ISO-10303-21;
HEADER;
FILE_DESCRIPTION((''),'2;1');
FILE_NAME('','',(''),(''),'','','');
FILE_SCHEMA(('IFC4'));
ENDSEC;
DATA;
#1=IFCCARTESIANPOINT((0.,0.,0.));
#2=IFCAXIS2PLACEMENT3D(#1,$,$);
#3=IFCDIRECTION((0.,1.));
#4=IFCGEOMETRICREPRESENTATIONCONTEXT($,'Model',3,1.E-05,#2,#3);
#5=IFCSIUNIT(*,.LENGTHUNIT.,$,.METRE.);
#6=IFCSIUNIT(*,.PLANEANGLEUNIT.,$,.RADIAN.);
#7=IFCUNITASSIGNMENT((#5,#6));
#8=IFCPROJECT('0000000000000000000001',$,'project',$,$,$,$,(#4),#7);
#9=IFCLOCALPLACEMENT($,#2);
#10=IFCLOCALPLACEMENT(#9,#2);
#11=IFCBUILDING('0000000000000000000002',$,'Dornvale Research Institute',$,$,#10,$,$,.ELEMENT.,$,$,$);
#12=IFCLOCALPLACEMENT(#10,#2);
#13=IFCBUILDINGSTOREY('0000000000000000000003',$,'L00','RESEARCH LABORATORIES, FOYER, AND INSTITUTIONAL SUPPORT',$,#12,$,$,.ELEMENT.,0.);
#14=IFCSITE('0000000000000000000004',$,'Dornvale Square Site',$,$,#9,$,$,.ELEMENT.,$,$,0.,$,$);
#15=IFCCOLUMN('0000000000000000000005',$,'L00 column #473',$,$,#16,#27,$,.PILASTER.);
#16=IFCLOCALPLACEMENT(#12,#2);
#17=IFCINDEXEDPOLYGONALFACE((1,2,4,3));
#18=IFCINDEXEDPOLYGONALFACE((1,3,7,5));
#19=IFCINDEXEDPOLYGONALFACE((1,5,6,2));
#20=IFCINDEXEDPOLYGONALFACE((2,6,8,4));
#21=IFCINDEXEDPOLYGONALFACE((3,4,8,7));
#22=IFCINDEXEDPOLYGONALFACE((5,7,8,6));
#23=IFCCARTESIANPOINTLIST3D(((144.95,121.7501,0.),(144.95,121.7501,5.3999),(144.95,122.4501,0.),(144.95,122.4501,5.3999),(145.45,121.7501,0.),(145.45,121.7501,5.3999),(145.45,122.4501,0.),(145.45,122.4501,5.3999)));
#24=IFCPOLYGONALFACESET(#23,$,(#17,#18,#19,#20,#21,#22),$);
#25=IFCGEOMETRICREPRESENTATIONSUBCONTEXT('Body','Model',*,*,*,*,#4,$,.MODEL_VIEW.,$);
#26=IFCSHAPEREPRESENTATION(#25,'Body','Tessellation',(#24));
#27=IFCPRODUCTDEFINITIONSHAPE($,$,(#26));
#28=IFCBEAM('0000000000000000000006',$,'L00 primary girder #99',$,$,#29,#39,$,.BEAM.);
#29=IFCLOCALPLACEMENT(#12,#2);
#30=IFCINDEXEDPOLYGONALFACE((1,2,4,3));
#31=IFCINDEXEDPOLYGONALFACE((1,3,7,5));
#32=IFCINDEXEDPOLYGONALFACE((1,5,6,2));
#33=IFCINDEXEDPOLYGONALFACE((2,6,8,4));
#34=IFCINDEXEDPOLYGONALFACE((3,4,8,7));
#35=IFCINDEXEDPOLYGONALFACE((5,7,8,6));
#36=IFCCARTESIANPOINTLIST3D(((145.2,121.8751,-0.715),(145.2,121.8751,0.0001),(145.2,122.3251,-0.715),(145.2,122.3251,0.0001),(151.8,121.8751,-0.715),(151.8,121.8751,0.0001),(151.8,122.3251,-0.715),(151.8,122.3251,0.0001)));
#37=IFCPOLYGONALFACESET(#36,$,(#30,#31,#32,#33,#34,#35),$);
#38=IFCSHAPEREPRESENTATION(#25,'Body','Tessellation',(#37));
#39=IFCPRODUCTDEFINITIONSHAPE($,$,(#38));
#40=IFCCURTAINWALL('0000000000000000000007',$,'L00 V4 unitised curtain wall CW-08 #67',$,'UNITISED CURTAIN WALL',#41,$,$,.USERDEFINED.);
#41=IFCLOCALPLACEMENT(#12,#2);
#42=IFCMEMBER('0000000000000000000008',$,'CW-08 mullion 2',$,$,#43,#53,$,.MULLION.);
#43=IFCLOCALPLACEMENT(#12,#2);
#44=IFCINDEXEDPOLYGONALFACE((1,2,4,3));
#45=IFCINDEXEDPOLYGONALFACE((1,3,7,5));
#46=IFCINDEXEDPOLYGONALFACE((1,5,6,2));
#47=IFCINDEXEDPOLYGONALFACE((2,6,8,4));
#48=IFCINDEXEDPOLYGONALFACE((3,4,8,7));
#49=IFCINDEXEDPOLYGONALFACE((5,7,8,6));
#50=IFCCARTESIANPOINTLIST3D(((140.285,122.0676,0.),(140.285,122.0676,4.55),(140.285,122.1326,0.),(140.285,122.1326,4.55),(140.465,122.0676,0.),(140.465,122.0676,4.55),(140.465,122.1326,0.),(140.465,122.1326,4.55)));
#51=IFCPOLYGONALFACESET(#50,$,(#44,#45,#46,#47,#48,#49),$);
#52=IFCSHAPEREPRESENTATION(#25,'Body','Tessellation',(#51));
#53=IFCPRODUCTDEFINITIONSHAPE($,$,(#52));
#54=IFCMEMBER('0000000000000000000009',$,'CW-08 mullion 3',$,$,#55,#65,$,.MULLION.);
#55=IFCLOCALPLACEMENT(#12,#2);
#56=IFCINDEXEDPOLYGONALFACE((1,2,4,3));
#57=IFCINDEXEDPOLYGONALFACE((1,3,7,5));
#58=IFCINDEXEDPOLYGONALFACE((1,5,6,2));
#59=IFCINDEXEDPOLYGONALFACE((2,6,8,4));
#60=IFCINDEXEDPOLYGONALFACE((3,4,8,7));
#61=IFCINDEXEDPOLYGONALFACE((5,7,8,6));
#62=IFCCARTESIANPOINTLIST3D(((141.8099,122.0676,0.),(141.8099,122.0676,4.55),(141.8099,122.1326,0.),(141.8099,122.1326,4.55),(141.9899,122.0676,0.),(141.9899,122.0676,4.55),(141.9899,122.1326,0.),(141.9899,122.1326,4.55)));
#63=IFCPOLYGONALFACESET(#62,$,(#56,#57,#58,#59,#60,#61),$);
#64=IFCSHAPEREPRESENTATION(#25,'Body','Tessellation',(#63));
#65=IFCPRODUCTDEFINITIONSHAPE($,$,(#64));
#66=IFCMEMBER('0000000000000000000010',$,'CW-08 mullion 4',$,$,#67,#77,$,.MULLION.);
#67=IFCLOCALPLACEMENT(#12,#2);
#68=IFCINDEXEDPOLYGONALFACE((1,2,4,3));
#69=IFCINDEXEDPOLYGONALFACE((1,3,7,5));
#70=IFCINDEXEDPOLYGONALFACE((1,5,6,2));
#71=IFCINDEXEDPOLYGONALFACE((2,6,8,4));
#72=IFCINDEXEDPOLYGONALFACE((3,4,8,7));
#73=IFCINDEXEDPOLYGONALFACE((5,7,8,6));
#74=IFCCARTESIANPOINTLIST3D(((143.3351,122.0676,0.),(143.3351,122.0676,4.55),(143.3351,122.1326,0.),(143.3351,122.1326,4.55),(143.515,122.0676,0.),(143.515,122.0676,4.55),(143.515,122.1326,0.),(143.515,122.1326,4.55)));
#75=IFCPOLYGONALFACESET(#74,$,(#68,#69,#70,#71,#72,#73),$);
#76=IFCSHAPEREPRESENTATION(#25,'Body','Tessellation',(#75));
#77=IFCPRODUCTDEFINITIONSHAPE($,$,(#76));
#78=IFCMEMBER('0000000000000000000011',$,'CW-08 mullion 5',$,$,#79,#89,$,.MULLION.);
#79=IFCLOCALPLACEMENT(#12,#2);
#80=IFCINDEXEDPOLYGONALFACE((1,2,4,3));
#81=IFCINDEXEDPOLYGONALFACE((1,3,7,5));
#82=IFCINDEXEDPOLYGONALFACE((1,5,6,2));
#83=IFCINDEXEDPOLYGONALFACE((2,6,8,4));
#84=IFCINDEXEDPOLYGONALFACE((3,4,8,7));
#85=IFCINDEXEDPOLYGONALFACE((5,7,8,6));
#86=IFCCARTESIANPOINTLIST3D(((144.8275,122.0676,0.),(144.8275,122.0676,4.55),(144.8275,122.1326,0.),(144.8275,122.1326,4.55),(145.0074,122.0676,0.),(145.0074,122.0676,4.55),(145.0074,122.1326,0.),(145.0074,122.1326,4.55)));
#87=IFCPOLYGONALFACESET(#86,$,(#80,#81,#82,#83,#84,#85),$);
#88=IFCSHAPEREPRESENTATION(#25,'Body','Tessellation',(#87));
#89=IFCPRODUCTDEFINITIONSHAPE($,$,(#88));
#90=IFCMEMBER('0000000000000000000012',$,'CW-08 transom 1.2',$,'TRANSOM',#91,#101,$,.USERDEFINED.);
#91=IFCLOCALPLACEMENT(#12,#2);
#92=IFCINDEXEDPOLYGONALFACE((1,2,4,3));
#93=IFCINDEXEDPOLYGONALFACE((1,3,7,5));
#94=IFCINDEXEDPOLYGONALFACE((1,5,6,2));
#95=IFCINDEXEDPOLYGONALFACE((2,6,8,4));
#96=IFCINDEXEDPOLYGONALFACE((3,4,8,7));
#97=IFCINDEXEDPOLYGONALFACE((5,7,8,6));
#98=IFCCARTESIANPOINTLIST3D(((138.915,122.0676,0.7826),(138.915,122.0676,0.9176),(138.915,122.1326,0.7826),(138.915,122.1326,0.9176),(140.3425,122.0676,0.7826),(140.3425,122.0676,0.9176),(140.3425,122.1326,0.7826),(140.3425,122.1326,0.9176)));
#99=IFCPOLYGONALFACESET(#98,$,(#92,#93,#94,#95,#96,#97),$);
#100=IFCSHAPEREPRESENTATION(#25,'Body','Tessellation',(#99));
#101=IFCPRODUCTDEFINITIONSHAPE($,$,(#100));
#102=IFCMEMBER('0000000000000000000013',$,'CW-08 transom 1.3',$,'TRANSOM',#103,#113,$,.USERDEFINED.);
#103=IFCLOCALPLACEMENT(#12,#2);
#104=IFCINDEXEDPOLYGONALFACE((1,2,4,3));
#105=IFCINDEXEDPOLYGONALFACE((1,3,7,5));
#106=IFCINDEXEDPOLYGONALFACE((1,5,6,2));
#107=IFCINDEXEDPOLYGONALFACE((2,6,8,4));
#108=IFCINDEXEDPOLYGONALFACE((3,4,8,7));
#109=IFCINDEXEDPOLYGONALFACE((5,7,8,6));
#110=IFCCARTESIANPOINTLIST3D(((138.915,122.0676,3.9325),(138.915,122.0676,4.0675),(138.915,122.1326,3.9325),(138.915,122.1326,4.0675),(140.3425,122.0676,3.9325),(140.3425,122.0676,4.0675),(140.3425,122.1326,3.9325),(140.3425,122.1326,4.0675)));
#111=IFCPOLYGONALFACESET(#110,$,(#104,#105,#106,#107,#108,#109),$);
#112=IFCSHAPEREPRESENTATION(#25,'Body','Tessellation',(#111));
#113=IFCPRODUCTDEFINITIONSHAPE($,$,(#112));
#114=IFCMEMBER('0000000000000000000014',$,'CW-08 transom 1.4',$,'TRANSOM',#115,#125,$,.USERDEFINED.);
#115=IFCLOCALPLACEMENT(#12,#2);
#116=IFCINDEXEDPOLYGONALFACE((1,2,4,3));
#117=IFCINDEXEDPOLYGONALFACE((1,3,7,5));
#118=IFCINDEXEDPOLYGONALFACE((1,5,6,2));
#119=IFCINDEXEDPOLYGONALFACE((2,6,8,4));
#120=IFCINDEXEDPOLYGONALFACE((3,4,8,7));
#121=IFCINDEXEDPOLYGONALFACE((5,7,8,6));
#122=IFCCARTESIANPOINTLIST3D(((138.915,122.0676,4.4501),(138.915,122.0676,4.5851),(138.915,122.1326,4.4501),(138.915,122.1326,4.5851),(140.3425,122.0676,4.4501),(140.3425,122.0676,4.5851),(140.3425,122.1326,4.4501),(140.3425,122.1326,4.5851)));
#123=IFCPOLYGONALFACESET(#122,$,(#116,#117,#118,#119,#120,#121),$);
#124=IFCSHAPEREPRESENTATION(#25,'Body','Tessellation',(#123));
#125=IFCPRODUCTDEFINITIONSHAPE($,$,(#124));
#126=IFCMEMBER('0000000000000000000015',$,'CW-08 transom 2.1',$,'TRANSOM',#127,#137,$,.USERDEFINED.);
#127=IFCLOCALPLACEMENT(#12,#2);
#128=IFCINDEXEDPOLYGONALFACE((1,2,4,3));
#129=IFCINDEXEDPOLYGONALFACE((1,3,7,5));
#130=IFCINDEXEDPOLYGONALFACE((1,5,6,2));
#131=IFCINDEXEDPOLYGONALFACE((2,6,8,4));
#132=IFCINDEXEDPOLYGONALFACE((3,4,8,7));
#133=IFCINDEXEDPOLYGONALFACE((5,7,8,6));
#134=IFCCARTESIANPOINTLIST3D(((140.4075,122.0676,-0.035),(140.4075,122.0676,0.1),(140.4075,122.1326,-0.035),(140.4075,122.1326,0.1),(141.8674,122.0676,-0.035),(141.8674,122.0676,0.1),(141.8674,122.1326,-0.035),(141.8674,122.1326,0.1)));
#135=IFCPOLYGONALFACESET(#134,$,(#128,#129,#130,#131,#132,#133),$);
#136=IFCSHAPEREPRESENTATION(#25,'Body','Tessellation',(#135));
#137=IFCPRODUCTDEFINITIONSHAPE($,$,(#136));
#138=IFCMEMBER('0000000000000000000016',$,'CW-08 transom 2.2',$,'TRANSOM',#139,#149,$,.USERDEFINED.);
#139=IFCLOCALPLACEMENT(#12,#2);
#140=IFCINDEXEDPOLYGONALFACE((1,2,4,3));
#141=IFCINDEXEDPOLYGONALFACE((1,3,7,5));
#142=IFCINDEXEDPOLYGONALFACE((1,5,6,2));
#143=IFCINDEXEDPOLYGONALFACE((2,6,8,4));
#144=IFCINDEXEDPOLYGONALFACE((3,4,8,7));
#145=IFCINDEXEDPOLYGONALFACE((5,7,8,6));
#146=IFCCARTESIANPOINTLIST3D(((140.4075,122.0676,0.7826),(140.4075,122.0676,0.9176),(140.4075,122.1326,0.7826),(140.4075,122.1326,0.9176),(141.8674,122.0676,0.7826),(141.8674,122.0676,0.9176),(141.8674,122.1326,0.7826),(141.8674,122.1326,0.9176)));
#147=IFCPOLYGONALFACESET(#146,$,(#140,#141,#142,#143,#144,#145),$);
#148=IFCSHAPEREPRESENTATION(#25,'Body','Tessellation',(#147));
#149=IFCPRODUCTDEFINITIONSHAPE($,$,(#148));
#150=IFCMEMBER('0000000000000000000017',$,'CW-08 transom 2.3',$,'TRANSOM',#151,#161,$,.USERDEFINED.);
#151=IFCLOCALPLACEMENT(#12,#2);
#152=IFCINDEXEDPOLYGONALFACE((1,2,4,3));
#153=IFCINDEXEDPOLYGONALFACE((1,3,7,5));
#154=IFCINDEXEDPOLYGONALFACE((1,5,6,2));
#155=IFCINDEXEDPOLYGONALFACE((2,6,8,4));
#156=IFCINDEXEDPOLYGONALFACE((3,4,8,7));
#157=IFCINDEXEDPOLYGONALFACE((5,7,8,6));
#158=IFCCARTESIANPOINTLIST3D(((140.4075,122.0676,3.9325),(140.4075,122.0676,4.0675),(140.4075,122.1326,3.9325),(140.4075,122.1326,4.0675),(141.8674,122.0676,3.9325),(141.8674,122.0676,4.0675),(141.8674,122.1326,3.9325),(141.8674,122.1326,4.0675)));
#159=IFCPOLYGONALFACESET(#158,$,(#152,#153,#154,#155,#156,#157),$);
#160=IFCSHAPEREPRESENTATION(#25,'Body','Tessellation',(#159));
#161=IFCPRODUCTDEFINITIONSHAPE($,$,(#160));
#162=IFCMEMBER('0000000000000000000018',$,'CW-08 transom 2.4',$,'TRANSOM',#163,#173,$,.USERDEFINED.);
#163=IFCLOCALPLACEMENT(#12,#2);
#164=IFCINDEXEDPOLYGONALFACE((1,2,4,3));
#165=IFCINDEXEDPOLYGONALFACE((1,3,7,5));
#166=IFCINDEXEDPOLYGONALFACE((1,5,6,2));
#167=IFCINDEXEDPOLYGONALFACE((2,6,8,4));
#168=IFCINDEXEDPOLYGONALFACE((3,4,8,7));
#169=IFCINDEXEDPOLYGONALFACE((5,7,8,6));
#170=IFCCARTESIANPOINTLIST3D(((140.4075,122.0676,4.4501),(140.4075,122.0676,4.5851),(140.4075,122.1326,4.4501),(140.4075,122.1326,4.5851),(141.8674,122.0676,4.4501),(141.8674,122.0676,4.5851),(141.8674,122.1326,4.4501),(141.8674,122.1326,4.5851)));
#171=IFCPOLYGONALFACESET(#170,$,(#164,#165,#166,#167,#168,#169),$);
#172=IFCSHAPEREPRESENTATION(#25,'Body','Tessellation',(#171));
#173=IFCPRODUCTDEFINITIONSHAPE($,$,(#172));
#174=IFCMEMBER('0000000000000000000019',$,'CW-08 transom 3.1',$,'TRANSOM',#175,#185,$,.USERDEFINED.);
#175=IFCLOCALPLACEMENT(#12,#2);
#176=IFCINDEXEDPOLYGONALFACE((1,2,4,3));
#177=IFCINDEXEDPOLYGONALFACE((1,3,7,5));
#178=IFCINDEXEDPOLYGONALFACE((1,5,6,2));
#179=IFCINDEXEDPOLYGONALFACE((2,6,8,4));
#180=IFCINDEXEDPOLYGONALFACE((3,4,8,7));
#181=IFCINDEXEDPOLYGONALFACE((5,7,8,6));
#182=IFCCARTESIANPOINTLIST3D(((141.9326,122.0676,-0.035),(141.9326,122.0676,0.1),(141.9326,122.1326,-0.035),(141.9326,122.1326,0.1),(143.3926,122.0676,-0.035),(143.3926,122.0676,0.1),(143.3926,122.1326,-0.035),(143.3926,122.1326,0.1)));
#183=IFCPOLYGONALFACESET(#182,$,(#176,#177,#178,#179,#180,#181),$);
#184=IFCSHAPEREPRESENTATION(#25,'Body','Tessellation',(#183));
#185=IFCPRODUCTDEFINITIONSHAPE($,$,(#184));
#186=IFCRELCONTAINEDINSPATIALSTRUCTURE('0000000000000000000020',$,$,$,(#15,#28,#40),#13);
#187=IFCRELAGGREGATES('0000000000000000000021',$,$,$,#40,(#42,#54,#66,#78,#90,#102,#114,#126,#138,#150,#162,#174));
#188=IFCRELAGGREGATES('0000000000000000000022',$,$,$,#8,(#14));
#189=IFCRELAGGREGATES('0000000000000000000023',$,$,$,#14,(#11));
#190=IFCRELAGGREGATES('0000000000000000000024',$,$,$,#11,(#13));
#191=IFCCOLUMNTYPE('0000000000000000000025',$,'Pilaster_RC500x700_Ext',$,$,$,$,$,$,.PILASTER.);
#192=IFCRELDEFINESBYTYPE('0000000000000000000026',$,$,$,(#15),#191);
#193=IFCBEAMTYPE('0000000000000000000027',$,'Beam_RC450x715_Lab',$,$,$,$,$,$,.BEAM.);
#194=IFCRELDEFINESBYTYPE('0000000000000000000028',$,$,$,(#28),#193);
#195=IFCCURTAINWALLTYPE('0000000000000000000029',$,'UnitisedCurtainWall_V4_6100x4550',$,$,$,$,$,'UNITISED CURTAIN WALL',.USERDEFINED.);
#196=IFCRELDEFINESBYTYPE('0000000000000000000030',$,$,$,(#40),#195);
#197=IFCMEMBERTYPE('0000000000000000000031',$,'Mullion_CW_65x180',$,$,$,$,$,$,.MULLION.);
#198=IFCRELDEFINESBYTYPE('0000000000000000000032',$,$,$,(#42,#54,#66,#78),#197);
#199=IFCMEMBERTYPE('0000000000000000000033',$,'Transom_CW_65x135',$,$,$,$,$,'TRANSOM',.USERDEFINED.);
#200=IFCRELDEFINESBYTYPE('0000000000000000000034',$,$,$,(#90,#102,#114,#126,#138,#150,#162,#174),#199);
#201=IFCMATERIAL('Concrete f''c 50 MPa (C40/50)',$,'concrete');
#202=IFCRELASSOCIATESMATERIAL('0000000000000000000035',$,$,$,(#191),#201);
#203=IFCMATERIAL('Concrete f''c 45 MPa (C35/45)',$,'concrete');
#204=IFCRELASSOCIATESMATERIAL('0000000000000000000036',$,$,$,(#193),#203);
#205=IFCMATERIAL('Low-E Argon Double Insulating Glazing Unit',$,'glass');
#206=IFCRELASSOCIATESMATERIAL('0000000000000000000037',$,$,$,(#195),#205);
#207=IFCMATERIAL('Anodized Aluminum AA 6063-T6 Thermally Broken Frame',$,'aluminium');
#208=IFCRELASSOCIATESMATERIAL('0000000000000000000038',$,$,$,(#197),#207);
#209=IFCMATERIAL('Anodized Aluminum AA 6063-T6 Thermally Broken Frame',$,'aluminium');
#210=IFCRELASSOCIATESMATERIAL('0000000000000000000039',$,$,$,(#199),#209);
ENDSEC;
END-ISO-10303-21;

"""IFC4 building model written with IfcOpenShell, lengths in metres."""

from ifc_helpers import new_model, si_unit, direction, frame, origin, origin_2d, place, context, subcontext, project, spatial, rectangle, extrude, material, material_profile, profile_set, type_object, element, aggregate, save


model = new_model("IFC4")

# Units and contexts
model_context = context("Model", 3, precision=1e-05, world=origin(), true_north=direction((0.0, 1.0)))
body_context = subcontext(model_context, "Body", "Model", "MODEL_VIEW")
ifc_project = project(units=[si_unit("LENGTHUNIT", "METRE"), si_unit("PLANEANGLEUNIT", "RADIAN")], contexts=[model_context])

# Site, building, storey
site_placement = place(None, origin())
site = spatial("IfcSite", under=ifc_project, at=site_placement, Name="Dornvale Square Site", CompositionType="ELEMENT", RefElevation=0.0)
building_placement = place(site_placement, origin())
building = spatial("IfcBuilding", under=site, at=building_placement, Name="Dornvale Research Institute", CompositionType="ELEMENT")
storey_placement = place(building_placement, origin())
storey = spatial("IfcBuildingStorey", under=building, at=storey_placement, Name="L00", Description="RESEARCH LABORATORIES, FOYER, AND INSTITUTIONAL SUPPORT", CompositionType="ELEMENT", Elevation=0.0)

# Column
ifc_material_1 = material(Name="Concrete f'c 50 MPa (C40/50)", Category="concrete")
ifc_material_profile_1 = material_profile(ifc_material_1, rectangle(XDim=0.5, YDim=0.7, at=origin_2d()), Name="RC 500x700")
ifc_profile_set_1 = profile_set([ifc_material_profile_1], Name="Concrete f'c 50 MPa (C40/50)")
column_type = type_object("IfcColumnType", Name="Pilaster_RC500x700_Ext", PredefinedType="PILASTER", material=ifc_profile_set_1)
column_placement = place(storey_placement, frame((145.2, 122.1001, 0.0), z_axis=(0.0, 0.0, 1.0), x_axis=(1.0, 0.0, 0.0)))
element("IfcColumn", 1, at=column_placement, inside=storey, type_object=column_type, Name="L00 column #473", PredefinedType="PILASTER", context=body_context, shape_type="SweptSolid", body=[
    extrude(rectangle(XDim=0.5, YDim=0.7, at=origin_2d()), origin(), (0.0, 0.0, 1.0), 5.3999),
])

# Beam
ifc_material_2 = material(Name="Concrete f'c 45 MPa (C35/45)", Category="concrete")
ifc_material_profile_2 = material_profile(ifc_material_2, rectangle(XDim=0.45, YDim=0.7151, at=origin_2d()), Name="RC 450x715")
ifc_profile_set_2 = profile_set([ifc_material_profile_2], Name="Concrete f'c 45 MPa (C35/45)")
beam_type = type_object("IfcBeamType", Name="Beam_RC450x715_Lab", PredefinedType="BEAM", material=ifc_profile_set_2)
beam_placement = place(storey_placement, frame((145.2, 122.1001, -0.3574), z_axis=(1.0, 0.0, 0.0), x_axis=(0.0, 1.0, 0.0)))
element("IfcBeam", 2, at=beam_placement, inside=storey, type_object=beam_type, Name="L00 primary girder #99", PredefinedType="BEAM", context=body_context, shape_type="SweptSolid", body=[
    extrude(rectangle(XDim=0.45, YDim=0.7151, at=origin_2d()), origin(), (0.0, 0.0, 1.0), 6.6001),
])

# Curtain wall, members
ifc_material_3 = material(Name="Low-E Argon Double Insulating Glazing Unit", Category="glass")
curtain_wall_type = type_object("IfcCurtainWallType", Name="UnitisedCurtainWall_V4_6100x4550", ElementType="UNITISED CURTAIN WALL", PredefinedType="USERDEFINED", material=ifc_material_3)
curtain_wall_placement = place(storey_placement, origin())
curtain_wall = element("IfcCurtainWall", 3, at=curtain_wall_placement, inside=storey, type_object=curtain_wall_type, Name="L00 V4 unitised curtain wall CW-08 #67", ObjectType="UNITISED CURTAIN WALL", PredefinedType="USERDEFINED")
ifc_material_4 = material(Name="Anodized Aluminum AA 6063-T6 Thermally Broken Frame", Category="aluminium")
ifc_material_profile_3 = material_profile(ifc_material_4, rectangle(XDim=0.0649, YDim=0.1799, at=origin_2d()), Name="ALU MULLION 65x180")
ifc_profile_set_3 = profile_set([ifc_material_profile_3], Name="Anodized Aluminum AA 6063-T6 Thermally Broken Frame")
member_type_1 = type_object("IfcMemberType", Name="Mullion_CW_65x180", PredefinedType="MULLION", material=ifc_profile_set_3)
member_1_placement = place(storey_placement, frame((140.375, 122.1001, 0.0), z_axis=(0.0, 0.0, 1.0), x_axis=(0.0, 1.0, 0.0)))
member_1 = element("IfcMember", 4, at=member_1_placement, type_object=member_type_1, Name="CW-08 mullion 2", PredefinedType="MULLION", context=body_context, shape_type="SweptSolid", body=[
    extrude(rectangle(XDim=0.0649, YDim=0.1799, at=origin_2d()), origin(), (0.0, 0.0, 1.0), 4.55),
])
member_2_placement = place(storey_placement, frame((141.8999, 122.1001, 0.0), z_axis=(0.0, 0.0, 1.0), x_axis=(0.0, 1.0, 0.0)))
member_2 = element("IfcMember", 5, at=member_2_placement, type_object=member_type_1, Name="CW-08 mullion 3", PredefinedType="MULLION", context=body_context, shape_type="SweptSolid", body=[
    extrude(rectangle(XDim=0.0649, YDim=0.1799, at=origin_2d()), origin(), (0.0, 0.0, 1.0), 4.55),
])
member_3_placement = place(storey_placement, frame((143.425, 122.1001, 0.0), z_axis=(0.0, 0.0, 1.0), x_axis=(0.0, 1.0, 0.0)))
member_3 = element("IfcMember", 6, at=member_3_placement, type_object=member_type_1, Name="CW-08 mullion 4", PredefinedType="MULLION", context=body_context, shape_type="SweptSolid", body=[
    extrude(rectangle(XDim=0.0649, YDim=0.1799, at=origin_2d()), origin(), (0.0, 0.0, 1.0), 4.55),
])
member_4_placement = place(storey_placement, frame((144.9175, 122.1001, 0.0), z_axis=(0.0, 0.0, 1.0), x_axis=(0.0, 1.0, 0.0)))
member_4 = element("IfcMember", 7, at=member_4_placement, type_object=member_type_1, Name="CW-08 mullion 5", PredefinedType="MULLION", context=body_context, shape_type="SweptSolid", body=[
    extrude(rectangle(XDim=0.0649, YDim=0.1799, at=origin_2d()), origin(), (0.0, 0.0, 1.0), 4.55),
])
ifc_material_5 = material(Name="Anodized Aluminum AA 6063-T6 Thermally Broken Frame", Category="aluminium")
ifc_material_profile_4 = material_profile(ifc_material_5, rectangle(XDim=0.0649, YDim=0.135, at=origin_2d()), Name="ALU TRANSOM 65x135")
ifc_profile_set_4 = profile_set([ifc_material_profile_4], Name="Anodized Aluminum AA 6063-T6 Thermally Broken Frame")
member_type_2 = type_object("IfcMemberType", Name="Transom_CW_65x135", ElementType="TRANSOM", PredefinedType="USERDEFINED", material=ifc_profile_set_4)
member_5_placement = place(storey_placement, frame((138.915, 122.1001, 0.8501), z_axis=(1.0, 0.0, 0.0), x_axis=(0.0, 1.0, 0.0)))
member_5 = element("IfcMember", 8, at=member_5_placement, type_object=member_type_2, Name="CW-08 transom 1.2", ObjectType="TRANSOM", PredefinedType="USERDEFINED", context=body_context, shape_type="SweptSolid", body=[
    extrude(rectangle(XDim=0.0649, YDim=0.135, at=origin_2d()), origin(), (0.0, 0.0, 1.0), 1.4275),
])
member_6_placement = place(storey_placement, frame((138.915, 122.1001, 4.0), z_axis=(1.0, 0.0, 0.0), x_axis=(0.0, 1.0, 0.0)))
member_6 = element("IfcMember", 9, at=member_6_placement, type_object=member_type_2, Name="CW-08 transom 1.3", ObjectType="TRANSOM", PredefinedType="USERDEFINED", context=body_context, shape_type="SweptSolid", body=[
    extrude(rectangle(XDim=0.0649, YDim=0.135, at=origin_2d()), origin(), (0.0, 0.0, 1.0), 1.4275),
])
member_7_placement = place(storey_placement, frame((138.915, 122.1001, 4.5176), z_axis=(1.0, 0.0, 0.0), x_axis=(0.0, 1.0, 0.0)))
member_7 = element("IfcMember", 10, at=member_7_placement, type_object=member_type_2, Name="CW-08 transom 1.4", ObjectType="TRANSOM", PredefinedType="USERDEFINED", context=body_context, shape_type="SweptSolid", body=[
    extrude(rectangle(XDim=0.0649, YDim=0.135, at=origin_2d()), origin(), (0.0, 0.0, 1.0), 1.4275),
])
member_8_placement = place(storey_placement, frame((140.4075, 122.1001, 0.0325), z_axis=(1.0, 0.0, 0.0), x_axis=(0.0, 1.0, 0.0)))
member_8 = element("IfcMember", 11, at=member_8_placement, type_object=member_type_2, Name="CW-08 transom 2.1", ObjectType="TRANSOM", PredefinedType="USERDEFINED", context=body_context, shape_type="SweptSolid", body=[
    extrude(rectangle(XDim=0.0649, YDim=0.135, at=origin_2d()), origin(), (0.0, 0.0, 1.0), 1.46),
])
member_9_placement = place(storey_placement, frame((140.4075, 122.1001, 0.8501), z_axis=(1.0, 0.0, 0.0), x_axis=(0.0, 1.0, 0.0)))
member_9 = element("IfcMember", 12, at=member_9_placement, type_object=member_type_2, Name="CW-08 transom 2.2", ObjectType="TRANSOM", PredefinedType="USERDEFINED", context=body_context, shape_type="SweptSolid", body=[
    extrude(rectangle(XDim=0.0649, YDim=0.135, at=origin_2d()), origin(), (0.0, 0.0, 1.0), 1.46),
])
member_10_placement = place(storey_placement, frame((140.4075, 122.1001, 4.0), z_axis=(1.0, 0.0, 0.0), x_axis=(0.0, 1.0, 0.0)))
member_10 = element("IfcMember", 13, at=member_10_placement, type_object=member_type_2, Name="CW-08 transom 2.3", ObjectType="TRANSOM", PredefinedType="USERDEFINED", context=body_context, shape_type="SweptSolid", body=[
    extrude(rectangle(XDim=0.0649, YDim=0.135, at=origin_2d()), origin(), (0.0, 0.0, 1.0), 1.46),
])
member_11_placement = place(storey_placement, frame((140.4075, 122.1001, 4.5176), z_axis=(1.0, 0.0, 0.0), x_axis=(0.0, 1.0, 0.0)))
member_11 = element("IfcMember", 14, at=member_11_placement, type_object=member_type_2, Name="CW-08 transom 2.4", ObjectType="TRANSOM", PredefinedType="USERDEFINED", context=body_context, shape_type="SweptSolid", body=[
    extrude(rectangle(XDim=0.0649, YDim=0.135, at=origin_2d()), origin(), (0.0, 0.0, 1.0), 1.46),
])
member_12_placement = place(storey_placement, frame((141.9326, 122.1001, 0.0325), z_axis=(1.0, 0.0, 0.0), x_axis=(0.0, 1.0, 0.0)))
member_12 = element("IfcMember", 15, at=member_12_placement, type_object=member_type_2, Name="CW-08 transom 3.1", ObjectType="TRANSOM", PredefinedType="USERDEFINED", context=body_context, shape_type="SweptSolid", body=[
    extrude(rectangle(XDim=0.0649, YDim=0.135, at=origin_2d()), origin(), (0.0, 0.0, 1.0), 1.46),
])
aggregate(curtain_wall, [member_1, member_2, member_3, member_4, member_5, member_6, member_7, member_8, member_9, member_10, member_11, member_12])

save(model, "model.ifc")
